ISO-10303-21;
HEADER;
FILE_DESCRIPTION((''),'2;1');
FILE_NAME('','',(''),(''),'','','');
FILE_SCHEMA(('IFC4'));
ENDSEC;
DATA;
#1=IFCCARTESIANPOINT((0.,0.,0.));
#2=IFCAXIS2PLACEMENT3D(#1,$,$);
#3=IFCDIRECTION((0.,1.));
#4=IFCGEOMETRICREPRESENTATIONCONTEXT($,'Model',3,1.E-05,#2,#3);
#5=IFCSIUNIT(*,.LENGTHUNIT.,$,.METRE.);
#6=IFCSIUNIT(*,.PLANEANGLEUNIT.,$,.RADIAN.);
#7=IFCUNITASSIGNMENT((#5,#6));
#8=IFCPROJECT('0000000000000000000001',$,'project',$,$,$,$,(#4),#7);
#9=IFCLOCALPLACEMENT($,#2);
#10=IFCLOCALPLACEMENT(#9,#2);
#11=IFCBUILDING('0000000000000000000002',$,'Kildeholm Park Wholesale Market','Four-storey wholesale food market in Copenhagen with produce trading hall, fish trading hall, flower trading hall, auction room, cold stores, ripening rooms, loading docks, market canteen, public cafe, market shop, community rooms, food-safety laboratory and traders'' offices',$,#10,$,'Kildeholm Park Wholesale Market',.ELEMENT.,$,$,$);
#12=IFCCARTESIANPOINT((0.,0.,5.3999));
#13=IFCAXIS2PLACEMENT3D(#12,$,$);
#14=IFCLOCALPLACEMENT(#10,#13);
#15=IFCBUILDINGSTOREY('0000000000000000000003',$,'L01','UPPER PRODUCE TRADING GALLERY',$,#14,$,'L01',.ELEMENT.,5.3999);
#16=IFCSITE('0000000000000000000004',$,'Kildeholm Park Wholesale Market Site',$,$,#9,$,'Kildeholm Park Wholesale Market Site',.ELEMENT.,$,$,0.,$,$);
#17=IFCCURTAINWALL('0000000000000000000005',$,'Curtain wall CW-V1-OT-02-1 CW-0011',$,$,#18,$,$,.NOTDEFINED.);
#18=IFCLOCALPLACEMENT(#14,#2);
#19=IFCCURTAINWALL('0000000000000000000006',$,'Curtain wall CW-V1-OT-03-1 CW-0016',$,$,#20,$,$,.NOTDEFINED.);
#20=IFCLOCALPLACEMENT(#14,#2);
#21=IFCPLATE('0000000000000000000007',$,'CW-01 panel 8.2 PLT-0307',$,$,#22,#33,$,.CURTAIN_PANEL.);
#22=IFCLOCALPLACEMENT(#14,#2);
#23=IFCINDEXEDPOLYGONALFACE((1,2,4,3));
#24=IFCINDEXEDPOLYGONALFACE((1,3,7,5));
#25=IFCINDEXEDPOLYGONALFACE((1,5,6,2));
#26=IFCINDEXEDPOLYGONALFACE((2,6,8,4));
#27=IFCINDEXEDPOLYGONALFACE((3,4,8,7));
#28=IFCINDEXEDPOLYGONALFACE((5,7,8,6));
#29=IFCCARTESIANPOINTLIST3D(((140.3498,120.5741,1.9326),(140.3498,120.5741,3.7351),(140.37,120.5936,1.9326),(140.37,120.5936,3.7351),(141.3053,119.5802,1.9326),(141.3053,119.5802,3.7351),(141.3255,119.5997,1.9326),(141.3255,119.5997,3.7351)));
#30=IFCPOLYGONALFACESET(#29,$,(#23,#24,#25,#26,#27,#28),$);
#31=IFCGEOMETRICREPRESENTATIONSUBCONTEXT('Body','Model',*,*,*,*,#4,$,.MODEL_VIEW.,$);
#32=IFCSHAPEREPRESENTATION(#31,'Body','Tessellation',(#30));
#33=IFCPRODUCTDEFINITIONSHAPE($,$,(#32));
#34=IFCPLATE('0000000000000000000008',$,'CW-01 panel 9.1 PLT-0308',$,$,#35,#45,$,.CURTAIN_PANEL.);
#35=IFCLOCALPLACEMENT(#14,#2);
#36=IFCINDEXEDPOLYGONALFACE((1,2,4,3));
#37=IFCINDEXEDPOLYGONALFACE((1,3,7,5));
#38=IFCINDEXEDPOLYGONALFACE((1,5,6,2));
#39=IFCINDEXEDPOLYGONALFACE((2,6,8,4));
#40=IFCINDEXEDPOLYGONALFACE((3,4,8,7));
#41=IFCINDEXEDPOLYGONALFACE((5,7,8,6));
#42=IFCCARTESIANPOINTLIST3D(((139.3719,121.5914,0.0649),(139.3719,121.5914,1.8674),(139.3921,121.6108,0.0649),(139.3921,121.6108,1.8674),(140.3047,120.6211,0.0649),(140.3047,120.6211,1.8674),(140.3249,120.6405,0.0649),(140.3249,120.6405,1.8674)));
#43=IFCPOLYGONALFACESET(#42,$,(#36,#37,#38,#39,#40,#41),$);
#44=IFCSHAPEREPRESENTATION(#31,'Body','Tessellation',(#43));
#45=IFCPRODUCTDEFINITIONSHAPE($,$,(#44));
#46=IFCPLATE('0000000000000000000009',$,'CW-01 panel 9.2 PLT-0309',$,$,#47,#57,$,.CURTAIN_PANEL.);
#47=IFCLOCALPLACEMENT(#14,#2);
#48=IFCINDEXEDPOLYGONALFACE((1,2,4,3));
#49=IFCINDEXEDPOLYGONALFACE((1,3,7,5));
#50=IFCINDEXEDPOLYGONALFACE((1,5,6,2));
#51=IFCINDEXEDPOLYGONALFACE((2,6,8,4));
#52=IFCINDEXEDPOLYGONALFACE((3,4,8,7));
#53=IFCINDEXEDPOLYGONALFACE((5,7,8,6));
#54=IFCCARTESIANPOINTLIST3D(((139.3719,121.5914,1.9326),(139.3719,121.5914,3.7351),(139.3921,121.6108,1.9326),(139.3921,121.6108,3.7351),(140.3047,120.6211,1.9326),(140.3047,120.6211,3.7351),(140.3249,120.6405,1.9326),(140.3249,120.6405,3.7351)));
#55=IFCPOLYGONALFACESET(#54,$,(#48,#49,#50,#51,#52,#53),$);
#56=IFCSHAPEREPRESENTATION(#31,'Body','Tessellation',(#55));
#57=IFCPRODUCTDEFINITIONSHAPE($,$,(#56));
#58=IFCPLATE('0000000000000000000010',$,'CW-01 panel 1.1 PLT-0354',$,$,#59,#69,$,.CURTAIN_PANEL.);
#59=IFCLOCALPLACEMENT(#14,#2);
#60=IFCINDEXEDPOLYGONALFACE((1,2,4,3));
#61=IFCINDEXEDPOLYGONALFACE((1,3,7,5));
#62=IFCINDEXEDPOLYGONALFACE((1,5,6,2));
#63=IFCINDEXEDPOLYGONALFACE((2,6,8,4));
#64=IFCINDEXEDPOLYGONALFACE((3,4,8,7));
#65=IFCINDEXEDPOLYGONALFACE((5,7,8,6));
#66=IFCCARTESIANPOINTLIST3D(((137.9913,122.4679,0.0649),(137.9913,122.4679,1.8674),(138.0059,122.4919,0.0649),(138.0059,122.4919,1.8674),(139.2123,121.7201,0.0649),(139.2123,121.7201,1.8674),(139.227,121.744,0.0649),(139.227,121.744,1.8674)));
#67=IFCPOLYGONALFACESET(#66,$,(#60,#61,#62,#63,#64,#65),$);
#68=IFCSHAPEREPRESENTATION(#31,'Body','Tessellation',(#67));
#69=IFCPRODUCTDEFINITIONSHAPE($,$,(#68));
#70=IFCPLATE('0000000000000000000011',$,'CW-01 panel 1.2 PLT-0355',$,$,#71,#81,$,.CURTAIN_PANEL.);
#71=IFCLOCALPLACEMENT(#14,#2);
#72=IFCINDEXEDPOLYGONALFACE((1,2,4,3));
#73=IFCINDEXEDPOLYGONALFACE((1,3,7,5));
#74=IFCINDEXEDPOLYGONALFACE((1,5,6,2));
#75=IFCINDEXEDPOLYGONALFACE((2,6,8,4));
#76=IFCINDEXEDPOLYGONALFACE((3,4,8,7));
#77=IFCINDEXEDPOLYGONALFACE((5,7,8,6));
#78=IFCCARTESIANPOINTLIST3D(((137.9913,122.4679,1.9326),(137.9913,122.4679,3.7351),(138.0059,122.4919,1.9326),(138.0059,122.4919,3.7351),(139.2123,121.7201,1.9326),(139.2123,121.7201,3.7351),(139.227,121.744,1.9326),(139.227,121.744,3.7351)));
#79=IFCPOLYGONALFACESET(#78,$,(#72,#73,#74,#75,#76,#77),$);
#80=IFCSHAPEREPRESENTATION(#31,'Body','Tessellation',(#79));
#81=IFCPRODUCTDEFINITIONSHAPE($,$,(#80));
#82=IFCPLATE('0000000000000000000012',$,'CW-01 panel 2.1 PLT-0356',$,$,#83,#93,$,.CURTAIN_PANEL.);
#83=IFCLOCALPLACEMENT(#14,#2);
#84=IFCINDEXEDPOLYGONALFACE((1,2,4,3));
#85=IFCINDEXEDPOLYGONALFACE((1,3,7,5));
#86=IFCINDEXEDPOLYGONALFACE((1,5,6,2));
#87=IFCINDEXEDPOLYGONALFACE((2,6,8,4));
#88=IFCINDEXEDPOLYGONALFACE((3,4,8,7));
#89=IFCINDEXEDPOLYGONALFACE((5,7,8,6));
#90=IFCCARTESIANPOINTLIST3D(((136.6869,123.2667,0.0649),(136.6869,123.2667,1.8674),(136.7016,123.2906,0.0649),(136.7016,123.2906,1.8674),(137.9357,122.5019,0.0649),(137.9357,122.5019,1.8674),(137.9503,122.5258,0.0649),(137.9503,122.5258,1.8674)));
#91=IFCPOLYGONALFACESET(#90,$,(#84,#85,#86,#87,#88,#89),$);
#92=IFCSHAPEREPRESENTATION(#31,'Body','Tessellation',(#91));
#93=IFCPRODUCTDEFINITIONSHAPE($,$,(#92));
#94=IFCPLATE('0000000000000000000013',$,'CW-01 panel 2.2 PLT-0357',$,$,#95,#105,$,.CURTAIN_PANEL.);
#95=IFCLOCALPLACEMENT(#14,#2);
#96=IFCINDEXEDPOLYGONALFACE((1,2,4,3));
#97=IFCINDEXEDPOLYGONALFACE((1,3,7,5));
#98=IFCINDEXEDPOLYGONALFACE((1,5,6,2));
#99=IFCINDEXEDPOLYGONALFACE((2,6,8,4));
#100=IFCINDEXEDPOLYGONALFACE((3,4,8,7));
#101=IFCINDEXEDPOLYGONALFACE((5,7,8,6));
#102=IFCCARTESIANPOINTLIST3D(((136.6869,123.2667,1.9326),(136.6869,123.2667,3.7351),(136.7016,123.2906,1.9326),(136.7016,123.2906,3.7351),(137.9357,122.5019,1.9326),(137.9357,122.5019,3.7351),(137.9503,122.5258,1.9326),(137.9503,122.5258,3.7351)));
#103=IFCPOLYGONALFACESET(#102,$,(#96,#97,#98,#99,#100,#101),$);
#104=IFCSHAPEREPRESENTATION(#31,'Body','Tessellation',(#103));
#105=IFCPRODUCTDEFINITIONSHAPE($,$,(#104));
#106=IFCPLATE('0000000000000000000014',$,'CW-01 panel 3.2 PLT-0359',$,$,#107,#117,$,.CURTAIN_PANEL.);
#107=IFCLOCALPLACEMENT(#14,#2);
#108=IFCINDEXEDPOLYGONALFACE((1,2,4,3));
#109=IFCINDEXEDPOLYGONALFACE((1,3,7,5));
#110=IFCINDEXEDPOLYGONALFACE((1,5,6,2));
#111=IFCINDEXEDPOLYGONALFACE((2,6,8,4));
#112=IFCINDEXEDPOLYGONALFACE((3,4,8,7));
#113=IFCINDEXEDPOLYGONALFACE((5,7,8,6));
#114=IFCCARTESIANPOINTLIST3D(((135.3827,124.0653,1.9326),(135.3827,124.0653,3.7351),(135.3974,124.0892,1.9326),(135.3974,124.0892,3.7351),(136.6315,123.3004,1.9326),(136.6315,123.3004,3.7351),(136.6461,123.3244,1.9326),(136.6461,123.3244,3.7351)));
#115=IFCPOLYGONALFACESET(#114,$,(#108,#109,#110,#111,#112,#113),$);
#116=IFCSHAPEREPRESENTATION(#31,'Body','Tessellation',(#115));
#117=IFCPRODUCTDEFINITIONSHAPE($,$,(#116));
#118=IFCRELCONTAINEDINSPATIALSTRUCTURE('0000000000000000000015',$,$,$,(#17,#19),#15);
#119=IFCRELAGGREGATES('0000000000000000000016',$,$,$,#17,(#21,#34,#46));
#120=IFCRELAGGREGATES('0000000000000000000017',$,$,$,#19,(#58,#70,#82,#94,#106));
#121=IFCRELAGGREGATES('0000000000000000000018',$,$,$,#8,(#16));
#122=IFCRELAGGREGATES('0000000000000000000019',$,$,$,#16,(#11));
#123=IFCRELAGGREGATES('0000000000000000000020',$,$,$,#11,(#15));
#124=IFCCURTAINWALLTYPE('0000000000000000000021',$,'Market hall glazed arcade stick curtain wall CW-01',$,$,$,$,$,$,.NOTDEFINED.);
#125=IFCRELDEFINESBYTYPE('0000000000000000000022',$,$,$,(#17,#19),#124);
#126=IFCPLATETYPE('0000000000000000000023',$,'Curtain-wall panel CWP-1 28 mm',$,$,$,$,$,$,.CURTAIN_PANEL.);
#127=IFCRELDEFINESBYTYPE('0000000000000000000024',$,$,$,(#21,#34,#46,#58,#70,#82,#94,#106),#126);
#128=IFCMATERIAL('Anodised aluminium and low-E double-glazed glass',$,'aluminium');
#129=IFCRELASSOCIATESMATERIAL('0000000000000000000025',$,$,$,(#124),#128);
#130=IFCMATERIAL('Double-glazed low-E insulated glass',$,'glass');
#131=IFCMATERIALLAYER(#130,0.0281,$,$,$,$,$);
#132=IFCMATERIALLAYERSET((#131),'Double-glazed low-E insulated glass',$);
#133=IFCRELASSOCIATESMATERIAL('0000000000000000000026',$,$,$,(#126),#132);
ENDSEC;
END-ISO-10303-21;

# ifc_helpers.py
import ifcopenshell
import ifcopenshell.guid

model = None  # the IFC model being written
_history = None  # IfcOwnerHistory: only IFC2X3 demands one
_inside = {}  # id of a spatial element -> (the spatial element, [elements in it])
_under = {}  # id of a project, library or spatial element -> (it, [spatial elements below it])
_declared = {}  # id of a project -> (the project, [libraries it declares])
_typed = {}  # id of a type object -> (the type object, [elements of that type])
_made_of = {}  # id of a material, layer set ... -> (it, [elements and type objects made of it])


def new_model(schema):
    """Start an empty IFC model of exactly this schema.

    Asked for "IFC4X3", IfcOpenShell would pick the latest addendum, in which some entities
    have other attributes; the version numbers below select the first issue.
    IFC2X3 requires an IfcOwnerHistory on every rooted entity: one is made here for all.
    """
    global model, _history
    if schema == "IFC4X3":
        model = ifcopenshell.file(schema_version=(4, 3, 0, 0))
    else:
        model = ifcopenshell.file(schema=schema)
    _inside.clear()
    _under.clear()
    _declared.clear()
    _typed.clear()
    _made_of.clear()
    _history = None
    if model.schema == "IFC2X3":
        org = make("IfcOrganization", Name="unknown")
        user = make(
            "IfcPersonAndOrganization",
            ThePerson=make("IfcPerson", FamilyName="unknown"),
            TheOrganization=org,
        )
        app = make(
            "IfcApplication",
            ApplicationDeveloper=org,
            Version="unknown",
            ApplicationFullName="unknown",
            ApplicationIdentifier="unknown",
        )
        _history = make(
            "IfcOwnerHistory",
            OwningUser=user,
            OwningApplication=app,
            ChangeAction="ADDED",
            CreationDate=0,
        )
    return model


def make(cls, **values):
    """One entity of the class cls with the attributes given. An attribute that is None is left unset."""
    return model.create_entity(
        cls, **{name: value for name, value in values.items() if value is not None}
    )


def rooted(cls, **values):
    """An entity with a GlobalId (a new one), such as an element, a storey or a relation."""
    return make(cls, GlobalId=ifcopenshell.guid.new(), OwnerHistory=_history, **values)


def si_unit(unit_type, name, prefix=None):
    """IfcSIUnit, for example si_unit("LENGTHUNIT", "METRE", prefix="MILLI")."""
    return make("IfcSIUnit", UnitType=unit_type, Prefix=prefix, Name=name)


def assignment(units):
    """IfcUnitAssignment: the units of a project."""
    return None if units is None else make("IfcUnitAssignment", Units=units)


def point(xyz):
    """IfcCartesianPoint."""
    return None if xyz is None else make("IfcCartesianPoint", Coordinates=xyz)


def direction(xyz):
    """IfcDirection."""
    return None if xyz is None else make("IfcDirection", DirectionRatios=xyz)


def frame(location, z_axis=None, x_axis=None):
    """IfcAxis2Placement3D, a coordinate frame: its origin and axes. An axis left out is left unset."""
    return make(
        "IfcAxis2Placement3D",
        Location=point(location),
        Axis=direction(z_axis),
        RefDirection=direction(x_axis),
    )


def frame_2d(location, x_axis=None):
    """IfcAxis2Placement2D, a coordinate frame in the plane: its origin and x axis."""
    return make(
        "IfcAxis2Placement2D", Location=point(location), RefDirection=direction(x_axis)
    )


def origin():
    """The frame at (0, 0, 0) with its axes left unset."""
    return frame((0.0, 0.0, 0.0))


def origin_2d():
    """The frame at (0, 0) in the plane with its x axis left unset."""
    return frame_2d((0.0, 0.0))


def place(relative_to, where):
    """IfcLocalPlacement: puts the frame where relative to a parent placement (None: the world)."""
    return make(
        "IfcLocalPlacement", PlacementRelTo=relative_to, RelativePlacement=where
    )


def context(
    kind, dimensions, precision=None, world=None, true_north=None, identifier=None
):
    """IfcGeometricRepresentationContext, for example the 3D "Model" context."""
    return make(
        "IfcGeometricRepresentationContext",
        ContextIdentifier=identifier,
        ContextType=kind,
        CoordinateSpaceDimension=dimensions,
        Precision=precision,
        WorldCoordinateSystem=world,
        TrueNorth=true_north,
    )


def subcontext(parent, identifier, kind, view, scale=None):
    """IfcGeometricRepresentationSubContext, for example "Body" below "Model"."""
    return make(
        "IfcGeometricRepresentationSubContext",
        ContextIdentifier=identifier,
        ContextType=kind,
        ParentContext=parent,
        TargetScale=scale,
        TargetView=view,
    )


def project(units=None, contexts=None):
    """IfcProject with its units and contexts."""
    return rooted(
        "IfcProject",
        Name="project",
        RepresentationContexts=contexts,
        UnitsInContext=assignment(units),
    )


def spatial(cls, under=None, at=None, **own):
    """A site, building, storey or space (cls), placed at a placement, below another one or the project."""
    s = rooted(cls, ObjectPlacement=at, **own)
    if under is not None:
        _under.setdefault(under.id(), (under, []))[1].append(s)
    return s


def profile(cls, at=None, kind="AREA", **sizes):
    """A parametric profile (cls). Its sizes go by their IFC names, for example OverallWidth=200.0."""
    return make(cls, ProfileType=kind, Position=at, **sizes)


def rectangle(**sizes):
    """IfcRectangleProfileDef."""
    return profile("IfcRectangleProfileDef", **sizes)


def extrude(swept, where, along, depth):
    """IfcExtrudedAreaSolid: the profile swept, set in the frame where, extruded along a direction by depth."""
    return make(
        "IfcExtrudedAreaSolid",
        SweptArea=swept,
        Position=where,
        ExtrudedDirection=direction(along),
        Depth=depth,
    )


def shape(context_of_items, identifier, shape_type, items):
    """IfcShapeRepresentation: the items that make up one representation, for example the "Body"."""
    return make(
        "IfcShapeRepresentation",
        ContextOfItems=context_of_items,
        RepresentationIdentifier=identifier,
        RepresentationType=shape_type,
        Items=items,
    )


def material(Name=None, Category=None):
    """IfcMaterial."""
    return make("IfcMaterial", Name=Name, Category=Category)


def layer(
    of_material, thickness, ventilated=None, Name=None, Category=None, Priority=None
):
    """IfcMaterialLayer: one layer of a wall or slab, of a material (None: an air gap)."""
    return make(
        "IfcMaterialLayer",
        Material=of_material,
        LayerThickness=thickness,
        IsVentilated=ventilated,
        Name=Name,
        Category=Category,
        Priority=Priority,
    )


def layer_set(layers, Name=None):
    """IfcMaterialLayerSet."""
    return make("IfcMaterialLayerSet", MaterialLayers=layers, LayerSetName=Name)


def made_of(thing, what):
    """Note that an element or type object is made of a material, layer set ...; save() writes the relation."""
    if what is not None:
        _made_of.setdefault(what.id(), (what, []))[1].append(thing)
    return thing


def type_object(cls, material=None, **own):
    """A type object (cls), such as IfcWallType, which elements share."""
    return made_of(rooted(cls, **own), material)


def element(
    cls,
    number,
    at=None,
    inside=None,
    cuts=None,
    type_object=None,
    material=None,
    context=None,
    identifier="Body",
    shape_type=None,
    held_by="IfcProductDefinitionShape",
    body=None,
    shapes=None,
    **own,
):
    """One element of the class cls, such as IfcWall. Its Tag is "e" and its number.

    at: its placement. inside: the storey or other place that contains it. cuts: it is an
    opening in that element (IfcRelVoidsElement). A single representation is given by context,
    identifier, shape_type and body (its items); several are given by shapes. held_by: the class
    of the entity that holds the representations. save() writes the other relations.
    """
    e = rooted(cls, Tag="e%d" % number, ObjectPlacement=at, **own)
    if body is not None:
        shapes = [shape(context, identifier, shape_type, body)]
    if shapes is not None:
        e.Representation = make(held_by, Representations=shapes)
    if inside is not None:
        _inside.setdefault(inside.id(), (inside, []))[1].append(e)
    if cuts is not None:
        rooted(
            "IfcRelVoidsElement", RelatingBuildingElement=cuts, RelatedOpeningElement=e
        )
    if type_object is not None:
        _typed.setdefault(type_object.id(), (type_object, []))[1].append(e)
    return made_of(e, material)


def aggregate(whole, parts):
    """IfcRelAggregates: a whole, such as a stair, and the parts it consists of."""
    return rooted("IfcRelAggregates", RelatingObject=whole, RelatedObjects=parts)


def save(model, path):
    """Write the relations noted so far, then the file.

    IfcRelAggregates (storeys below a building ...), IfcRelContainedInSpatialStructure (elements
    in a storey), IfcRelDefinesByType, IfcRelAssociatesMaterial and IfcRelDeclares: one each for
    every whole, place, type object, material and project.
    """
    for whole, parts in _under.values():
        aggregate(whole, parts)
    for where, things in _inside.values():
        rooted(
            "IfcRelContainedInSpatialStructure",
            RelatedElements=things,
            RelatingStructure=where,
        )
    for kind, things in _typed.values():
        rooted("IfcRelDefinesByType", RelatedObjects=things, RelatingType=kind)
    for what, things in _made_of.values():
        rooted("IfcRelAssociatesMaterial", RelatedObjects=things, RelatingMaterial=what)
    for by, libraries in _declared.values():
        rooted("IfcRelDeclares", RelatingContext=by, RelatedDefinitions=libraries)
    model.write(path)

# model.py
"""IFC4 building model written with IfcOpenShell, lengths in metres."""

from ifc_helpers import new_model, si_unit, direction, frame, origin, origin_2d, place, context, subcontext, project, spatial, rectangle, extrude, material, layer, layer_set, type_object, element, aggregate, save


model = new_model("IFC4")

# Units and contexts
model_context = context("Model", 3, precision=1e-05, world=origin(), true_north=direction((0.0, 1.0)))
body_context = subcontext(model_context, "Body", "Model", "MODEL_VIEW")
ifc_project = project(units=[si_unit("LENGTHUNIT", "METRE"), si_unit("PLANEANGLEUNIT", "RADIAN")], contexts=[model_context])

# Site, building, storey
site_placement = place(None, origin())
site = spatial("IfcSite", under=ifc_project, at=site_placement, Name="Kildeholm Park Wholesale Market Site", LongName="Kildeholm Park Wholesale Market Site", CompositionType="ELEMENT", RefElevation=0.0)
building_placement = place(site_placement, origin())
building = spatial("IfcBuilding", under=site, at=building_placement, Name="Kildeholm Park Wholesale Market", Description="Four-storey wholesale food market in Copenhagen with produce trading hall, fish trading hall, flower trading hall, auction room, cold stores, ripening rooms, loading docks, market canteen, public cafe, market shop, community rooms, food-safety laboratory and traders' offices", LongName="Kildeholm Park Wholesale Market", CompositionType="ELEMENT")
storey_placement = place(building_placement, frame((0.0, 0.0, 5.3999)))
storey = spatial("IfcBuildingStorey", under=building, at=storey_placement, Name="L01", Description="UPPER PRODUCE TRADING GALLERY", LongName="L01", CompositionType="ELEMENT", Elevation=5.3999)

# Curtain walls
ifc_material_1 = material(Name="Anodised aluminium and low-E double-glazed glass", Category="aluminium")
curtain_wall_type = type_object("IfcCurtainWallType", Name="Market hall glazed arcade stick curtain wall CW-01", PredefinedType="NOTDEFINED", material=ifc_material_1)
curtain_wall_1_placement = place(storey_placement, origin())
curtain_wall_1 = element("IfcCurtainWall", 1, at=curtain_wall_1_placement, inside=storey, type_object=curtain_wall_type, Name="Curtain wall CW-V1-OT-02-1 CW-0011", PredefinedType="NOTDEFINED")
curtain_wall_2_placement = place(storey_placement, origin())
curtain_wall_2 = element("IfcCurtainWall", 2, at=curtain_wall_2_placement, inside=storey, type_object=curtain_wall_type, Name="Curtain wall CW-V1-OT-03-1 CW-0016", PredefinedType="NOTDEFINED")

# Plates
ifc_material_2 = material(Name="Double-glazed low-E insulated glass", Category="glass")
ifc_layer = layer(ifc_material_2, 0.0281)
ifc_layer_set = layer_set([ifc_layer], Name="Double-glazed low-E insulated glass")
plate_type = type_object("IfcPlateType", Name="Curtain-wall panel CWP-1 28 mm", PredefinedType="CURTAIN_PANEL", material=ifc_layer_set)
plate_1_placement = place(storey_placement, frame((140.8376, 120.0869, 1.9326), z_axis=(0.0, 0.0, 1.0), x_axis=(-0.693038, 0.720901, 0.0)))
plate_1 = element("IfcPlate", 3, at=plate_1_placement, type_object=plate_type, Name="CW-01 panel 8.2 PLT-0307", PredefinedType="CURTAIN_PANEL", context=body_context, shape_type="SweptSolid", body=[
    extrude(rectangle(XDim=1.3787, YDim=0.0281, at=origin_2d()), origin(), (0.0, 0.0, 1.0), 1.8025),
])
plate_2_placement = place(storey_placement, frame((139.8484, 121.116, 0.0649), z_axis=(0.0, 0.0, 1.0), x_axis=(-0.693038, 0.720901, 0.0)))
plate_2 = element("IfcPlate", 4, at=plate_2_placement, type_object=plate_type, Name="CW-01 panel 9.1 PLT-0308", PredefinedType="CURTAIN_PANEL", context=body_context, shape_type="SweptSolid", body=[
    extrude(rectangle(XDim=1.3459, YDim=0.0281, at=origin_2d()), origin(), (0.0, 0.0, 1.0), 1.8025),
])
plate_3_placement = place(storey_placement, frame((139.8484, 121.116, 1.9326), z_axis=(0.0, 0.0, 1.0), x_axis=(-0.693038, 0.720901, 0.0)))
plate_3 = element("IfcPlate", 5, at=plate_3_placement, type_object=plate_type, Name="CW-01 panel 9.2 PLT-0309", PredefinedType="CURTAIN_PANEL", context=body_context, shape_type="SweptSolid", body=[
    extrude(rectangle(XDim=1.3459, YDim=0.0281, at=origin_2d()), origin(), (0.0, 0.0, 1.0), 1.8025),
])
aggregate(curtain_wall_1, [plate_1, plate_2, plate_3])
plate_4_placement = place(storey_placement, frame((138.6091, 122.106, 0.0649), z_axis=(0.0, 0.0, 1.0), x_axis=(-0.852771, 0.522284, 0.0)))
plate_4 = element("IfcPlate", 6, at=plate_4_placement, type_object=plate_type, Name="CW-01 panel 1.1 PLT-0354", PredefinedType="CURTAIN_PANEL", context=body_context, shape_type="SweptSolid", body=[
    extrude(rectangle(XDim=1.4319, YDim=0.0281, at=origin_2d()), origin(), (0.0, 0.0, 1.0), 1.8025),
])
plate_5_placement = place(storey_placement, frame((138.6091, 122.106, 1.9326), z_axis=(0.0, 0.0, 1.0), x_axis=(-0.852771, 0.522284, 0.0)))
plate_5 = element("IfcPlate", 7, at=plate_5_placement, type_object=plate_type, Name="CW-01 panel 1.2 PLT-0355", PredefinedType="CURTAIN_PANEL", context=body_context, shape_type="SweptSolid", body=[
    extrude(rectangle(XDim=1.4319, YDim=0.0281, at=origin_2d()), origin(), (0.0, 0.0, 1.0), 1.8025),
])
plate_6_placement = place(storey_placement, frame((137.3186, 122.8962, 0.0649), z_axis=(0.0, 0.0, 1.0), x_axis=(-0.852771, 0.522284, 0.0)))
plate_6 = element("IfcPlate", 8, at=plate_6_placement, type_object=plate_type, Name="CW-01 panel 2.1 PLT-0356", PredefinedType="CURTAIN_PANEL", context=body_context, shape_type="SweptSolid", body=[
    extrude(rectangle(XDim=1.4644, YDim=0.0281, at=origin_2d()), origin(), (0.0, 0.0, 1.0), 1.8025),
])
plate_7_placement = place(storey_placement, frame((137.3186, 122.8962, 1.9326), z_axis=(0.0, 0.0, 1.0), x_axis=(-0.852771, 0.522284, 0.0)))
plate_7 = element("IfcPlate", 9, at=plate_7_placement, type_object=plate_type, Name="CW-01 panel 2.2 PLT-0357", PredefinedType="CURTAIN_PANEL", context=body_context, shape_type="SweptSolid", body=[
    extrude(rectangle(XDim=1.4644, YDim=0.0281, at=origin_2d()), origin(), (0.0, 0.0, 1.0), 1.8025),
])
plate_8_placement = place(storey_placement, frame((136.0144, 123.6948, 1.9326), z_axis=(0.0, 0.0, 1.0), x_axis=(-0.852771, 0.522284, 0.0)))
plate_8 = element("IfcPlate", 10, at=plate_8_placement, type_object=plate_type, Name="CW-01 panel 3.2 PLT-0359", PredefinedType="CURTAIN_PANEL", context=body_context, shape_type="SweptSolid", body=[
    extrude(rectangle(XDim=1.4644, YDim=0.0281, at=origin_2d()), origin(), (0.0, 0.0, 1.0), 1.8025),
])
aggregate(curtain_wall_2, [plate_4, plate_5, plate_6, plate_7, plate_8])

save(model, "model.ifc")
